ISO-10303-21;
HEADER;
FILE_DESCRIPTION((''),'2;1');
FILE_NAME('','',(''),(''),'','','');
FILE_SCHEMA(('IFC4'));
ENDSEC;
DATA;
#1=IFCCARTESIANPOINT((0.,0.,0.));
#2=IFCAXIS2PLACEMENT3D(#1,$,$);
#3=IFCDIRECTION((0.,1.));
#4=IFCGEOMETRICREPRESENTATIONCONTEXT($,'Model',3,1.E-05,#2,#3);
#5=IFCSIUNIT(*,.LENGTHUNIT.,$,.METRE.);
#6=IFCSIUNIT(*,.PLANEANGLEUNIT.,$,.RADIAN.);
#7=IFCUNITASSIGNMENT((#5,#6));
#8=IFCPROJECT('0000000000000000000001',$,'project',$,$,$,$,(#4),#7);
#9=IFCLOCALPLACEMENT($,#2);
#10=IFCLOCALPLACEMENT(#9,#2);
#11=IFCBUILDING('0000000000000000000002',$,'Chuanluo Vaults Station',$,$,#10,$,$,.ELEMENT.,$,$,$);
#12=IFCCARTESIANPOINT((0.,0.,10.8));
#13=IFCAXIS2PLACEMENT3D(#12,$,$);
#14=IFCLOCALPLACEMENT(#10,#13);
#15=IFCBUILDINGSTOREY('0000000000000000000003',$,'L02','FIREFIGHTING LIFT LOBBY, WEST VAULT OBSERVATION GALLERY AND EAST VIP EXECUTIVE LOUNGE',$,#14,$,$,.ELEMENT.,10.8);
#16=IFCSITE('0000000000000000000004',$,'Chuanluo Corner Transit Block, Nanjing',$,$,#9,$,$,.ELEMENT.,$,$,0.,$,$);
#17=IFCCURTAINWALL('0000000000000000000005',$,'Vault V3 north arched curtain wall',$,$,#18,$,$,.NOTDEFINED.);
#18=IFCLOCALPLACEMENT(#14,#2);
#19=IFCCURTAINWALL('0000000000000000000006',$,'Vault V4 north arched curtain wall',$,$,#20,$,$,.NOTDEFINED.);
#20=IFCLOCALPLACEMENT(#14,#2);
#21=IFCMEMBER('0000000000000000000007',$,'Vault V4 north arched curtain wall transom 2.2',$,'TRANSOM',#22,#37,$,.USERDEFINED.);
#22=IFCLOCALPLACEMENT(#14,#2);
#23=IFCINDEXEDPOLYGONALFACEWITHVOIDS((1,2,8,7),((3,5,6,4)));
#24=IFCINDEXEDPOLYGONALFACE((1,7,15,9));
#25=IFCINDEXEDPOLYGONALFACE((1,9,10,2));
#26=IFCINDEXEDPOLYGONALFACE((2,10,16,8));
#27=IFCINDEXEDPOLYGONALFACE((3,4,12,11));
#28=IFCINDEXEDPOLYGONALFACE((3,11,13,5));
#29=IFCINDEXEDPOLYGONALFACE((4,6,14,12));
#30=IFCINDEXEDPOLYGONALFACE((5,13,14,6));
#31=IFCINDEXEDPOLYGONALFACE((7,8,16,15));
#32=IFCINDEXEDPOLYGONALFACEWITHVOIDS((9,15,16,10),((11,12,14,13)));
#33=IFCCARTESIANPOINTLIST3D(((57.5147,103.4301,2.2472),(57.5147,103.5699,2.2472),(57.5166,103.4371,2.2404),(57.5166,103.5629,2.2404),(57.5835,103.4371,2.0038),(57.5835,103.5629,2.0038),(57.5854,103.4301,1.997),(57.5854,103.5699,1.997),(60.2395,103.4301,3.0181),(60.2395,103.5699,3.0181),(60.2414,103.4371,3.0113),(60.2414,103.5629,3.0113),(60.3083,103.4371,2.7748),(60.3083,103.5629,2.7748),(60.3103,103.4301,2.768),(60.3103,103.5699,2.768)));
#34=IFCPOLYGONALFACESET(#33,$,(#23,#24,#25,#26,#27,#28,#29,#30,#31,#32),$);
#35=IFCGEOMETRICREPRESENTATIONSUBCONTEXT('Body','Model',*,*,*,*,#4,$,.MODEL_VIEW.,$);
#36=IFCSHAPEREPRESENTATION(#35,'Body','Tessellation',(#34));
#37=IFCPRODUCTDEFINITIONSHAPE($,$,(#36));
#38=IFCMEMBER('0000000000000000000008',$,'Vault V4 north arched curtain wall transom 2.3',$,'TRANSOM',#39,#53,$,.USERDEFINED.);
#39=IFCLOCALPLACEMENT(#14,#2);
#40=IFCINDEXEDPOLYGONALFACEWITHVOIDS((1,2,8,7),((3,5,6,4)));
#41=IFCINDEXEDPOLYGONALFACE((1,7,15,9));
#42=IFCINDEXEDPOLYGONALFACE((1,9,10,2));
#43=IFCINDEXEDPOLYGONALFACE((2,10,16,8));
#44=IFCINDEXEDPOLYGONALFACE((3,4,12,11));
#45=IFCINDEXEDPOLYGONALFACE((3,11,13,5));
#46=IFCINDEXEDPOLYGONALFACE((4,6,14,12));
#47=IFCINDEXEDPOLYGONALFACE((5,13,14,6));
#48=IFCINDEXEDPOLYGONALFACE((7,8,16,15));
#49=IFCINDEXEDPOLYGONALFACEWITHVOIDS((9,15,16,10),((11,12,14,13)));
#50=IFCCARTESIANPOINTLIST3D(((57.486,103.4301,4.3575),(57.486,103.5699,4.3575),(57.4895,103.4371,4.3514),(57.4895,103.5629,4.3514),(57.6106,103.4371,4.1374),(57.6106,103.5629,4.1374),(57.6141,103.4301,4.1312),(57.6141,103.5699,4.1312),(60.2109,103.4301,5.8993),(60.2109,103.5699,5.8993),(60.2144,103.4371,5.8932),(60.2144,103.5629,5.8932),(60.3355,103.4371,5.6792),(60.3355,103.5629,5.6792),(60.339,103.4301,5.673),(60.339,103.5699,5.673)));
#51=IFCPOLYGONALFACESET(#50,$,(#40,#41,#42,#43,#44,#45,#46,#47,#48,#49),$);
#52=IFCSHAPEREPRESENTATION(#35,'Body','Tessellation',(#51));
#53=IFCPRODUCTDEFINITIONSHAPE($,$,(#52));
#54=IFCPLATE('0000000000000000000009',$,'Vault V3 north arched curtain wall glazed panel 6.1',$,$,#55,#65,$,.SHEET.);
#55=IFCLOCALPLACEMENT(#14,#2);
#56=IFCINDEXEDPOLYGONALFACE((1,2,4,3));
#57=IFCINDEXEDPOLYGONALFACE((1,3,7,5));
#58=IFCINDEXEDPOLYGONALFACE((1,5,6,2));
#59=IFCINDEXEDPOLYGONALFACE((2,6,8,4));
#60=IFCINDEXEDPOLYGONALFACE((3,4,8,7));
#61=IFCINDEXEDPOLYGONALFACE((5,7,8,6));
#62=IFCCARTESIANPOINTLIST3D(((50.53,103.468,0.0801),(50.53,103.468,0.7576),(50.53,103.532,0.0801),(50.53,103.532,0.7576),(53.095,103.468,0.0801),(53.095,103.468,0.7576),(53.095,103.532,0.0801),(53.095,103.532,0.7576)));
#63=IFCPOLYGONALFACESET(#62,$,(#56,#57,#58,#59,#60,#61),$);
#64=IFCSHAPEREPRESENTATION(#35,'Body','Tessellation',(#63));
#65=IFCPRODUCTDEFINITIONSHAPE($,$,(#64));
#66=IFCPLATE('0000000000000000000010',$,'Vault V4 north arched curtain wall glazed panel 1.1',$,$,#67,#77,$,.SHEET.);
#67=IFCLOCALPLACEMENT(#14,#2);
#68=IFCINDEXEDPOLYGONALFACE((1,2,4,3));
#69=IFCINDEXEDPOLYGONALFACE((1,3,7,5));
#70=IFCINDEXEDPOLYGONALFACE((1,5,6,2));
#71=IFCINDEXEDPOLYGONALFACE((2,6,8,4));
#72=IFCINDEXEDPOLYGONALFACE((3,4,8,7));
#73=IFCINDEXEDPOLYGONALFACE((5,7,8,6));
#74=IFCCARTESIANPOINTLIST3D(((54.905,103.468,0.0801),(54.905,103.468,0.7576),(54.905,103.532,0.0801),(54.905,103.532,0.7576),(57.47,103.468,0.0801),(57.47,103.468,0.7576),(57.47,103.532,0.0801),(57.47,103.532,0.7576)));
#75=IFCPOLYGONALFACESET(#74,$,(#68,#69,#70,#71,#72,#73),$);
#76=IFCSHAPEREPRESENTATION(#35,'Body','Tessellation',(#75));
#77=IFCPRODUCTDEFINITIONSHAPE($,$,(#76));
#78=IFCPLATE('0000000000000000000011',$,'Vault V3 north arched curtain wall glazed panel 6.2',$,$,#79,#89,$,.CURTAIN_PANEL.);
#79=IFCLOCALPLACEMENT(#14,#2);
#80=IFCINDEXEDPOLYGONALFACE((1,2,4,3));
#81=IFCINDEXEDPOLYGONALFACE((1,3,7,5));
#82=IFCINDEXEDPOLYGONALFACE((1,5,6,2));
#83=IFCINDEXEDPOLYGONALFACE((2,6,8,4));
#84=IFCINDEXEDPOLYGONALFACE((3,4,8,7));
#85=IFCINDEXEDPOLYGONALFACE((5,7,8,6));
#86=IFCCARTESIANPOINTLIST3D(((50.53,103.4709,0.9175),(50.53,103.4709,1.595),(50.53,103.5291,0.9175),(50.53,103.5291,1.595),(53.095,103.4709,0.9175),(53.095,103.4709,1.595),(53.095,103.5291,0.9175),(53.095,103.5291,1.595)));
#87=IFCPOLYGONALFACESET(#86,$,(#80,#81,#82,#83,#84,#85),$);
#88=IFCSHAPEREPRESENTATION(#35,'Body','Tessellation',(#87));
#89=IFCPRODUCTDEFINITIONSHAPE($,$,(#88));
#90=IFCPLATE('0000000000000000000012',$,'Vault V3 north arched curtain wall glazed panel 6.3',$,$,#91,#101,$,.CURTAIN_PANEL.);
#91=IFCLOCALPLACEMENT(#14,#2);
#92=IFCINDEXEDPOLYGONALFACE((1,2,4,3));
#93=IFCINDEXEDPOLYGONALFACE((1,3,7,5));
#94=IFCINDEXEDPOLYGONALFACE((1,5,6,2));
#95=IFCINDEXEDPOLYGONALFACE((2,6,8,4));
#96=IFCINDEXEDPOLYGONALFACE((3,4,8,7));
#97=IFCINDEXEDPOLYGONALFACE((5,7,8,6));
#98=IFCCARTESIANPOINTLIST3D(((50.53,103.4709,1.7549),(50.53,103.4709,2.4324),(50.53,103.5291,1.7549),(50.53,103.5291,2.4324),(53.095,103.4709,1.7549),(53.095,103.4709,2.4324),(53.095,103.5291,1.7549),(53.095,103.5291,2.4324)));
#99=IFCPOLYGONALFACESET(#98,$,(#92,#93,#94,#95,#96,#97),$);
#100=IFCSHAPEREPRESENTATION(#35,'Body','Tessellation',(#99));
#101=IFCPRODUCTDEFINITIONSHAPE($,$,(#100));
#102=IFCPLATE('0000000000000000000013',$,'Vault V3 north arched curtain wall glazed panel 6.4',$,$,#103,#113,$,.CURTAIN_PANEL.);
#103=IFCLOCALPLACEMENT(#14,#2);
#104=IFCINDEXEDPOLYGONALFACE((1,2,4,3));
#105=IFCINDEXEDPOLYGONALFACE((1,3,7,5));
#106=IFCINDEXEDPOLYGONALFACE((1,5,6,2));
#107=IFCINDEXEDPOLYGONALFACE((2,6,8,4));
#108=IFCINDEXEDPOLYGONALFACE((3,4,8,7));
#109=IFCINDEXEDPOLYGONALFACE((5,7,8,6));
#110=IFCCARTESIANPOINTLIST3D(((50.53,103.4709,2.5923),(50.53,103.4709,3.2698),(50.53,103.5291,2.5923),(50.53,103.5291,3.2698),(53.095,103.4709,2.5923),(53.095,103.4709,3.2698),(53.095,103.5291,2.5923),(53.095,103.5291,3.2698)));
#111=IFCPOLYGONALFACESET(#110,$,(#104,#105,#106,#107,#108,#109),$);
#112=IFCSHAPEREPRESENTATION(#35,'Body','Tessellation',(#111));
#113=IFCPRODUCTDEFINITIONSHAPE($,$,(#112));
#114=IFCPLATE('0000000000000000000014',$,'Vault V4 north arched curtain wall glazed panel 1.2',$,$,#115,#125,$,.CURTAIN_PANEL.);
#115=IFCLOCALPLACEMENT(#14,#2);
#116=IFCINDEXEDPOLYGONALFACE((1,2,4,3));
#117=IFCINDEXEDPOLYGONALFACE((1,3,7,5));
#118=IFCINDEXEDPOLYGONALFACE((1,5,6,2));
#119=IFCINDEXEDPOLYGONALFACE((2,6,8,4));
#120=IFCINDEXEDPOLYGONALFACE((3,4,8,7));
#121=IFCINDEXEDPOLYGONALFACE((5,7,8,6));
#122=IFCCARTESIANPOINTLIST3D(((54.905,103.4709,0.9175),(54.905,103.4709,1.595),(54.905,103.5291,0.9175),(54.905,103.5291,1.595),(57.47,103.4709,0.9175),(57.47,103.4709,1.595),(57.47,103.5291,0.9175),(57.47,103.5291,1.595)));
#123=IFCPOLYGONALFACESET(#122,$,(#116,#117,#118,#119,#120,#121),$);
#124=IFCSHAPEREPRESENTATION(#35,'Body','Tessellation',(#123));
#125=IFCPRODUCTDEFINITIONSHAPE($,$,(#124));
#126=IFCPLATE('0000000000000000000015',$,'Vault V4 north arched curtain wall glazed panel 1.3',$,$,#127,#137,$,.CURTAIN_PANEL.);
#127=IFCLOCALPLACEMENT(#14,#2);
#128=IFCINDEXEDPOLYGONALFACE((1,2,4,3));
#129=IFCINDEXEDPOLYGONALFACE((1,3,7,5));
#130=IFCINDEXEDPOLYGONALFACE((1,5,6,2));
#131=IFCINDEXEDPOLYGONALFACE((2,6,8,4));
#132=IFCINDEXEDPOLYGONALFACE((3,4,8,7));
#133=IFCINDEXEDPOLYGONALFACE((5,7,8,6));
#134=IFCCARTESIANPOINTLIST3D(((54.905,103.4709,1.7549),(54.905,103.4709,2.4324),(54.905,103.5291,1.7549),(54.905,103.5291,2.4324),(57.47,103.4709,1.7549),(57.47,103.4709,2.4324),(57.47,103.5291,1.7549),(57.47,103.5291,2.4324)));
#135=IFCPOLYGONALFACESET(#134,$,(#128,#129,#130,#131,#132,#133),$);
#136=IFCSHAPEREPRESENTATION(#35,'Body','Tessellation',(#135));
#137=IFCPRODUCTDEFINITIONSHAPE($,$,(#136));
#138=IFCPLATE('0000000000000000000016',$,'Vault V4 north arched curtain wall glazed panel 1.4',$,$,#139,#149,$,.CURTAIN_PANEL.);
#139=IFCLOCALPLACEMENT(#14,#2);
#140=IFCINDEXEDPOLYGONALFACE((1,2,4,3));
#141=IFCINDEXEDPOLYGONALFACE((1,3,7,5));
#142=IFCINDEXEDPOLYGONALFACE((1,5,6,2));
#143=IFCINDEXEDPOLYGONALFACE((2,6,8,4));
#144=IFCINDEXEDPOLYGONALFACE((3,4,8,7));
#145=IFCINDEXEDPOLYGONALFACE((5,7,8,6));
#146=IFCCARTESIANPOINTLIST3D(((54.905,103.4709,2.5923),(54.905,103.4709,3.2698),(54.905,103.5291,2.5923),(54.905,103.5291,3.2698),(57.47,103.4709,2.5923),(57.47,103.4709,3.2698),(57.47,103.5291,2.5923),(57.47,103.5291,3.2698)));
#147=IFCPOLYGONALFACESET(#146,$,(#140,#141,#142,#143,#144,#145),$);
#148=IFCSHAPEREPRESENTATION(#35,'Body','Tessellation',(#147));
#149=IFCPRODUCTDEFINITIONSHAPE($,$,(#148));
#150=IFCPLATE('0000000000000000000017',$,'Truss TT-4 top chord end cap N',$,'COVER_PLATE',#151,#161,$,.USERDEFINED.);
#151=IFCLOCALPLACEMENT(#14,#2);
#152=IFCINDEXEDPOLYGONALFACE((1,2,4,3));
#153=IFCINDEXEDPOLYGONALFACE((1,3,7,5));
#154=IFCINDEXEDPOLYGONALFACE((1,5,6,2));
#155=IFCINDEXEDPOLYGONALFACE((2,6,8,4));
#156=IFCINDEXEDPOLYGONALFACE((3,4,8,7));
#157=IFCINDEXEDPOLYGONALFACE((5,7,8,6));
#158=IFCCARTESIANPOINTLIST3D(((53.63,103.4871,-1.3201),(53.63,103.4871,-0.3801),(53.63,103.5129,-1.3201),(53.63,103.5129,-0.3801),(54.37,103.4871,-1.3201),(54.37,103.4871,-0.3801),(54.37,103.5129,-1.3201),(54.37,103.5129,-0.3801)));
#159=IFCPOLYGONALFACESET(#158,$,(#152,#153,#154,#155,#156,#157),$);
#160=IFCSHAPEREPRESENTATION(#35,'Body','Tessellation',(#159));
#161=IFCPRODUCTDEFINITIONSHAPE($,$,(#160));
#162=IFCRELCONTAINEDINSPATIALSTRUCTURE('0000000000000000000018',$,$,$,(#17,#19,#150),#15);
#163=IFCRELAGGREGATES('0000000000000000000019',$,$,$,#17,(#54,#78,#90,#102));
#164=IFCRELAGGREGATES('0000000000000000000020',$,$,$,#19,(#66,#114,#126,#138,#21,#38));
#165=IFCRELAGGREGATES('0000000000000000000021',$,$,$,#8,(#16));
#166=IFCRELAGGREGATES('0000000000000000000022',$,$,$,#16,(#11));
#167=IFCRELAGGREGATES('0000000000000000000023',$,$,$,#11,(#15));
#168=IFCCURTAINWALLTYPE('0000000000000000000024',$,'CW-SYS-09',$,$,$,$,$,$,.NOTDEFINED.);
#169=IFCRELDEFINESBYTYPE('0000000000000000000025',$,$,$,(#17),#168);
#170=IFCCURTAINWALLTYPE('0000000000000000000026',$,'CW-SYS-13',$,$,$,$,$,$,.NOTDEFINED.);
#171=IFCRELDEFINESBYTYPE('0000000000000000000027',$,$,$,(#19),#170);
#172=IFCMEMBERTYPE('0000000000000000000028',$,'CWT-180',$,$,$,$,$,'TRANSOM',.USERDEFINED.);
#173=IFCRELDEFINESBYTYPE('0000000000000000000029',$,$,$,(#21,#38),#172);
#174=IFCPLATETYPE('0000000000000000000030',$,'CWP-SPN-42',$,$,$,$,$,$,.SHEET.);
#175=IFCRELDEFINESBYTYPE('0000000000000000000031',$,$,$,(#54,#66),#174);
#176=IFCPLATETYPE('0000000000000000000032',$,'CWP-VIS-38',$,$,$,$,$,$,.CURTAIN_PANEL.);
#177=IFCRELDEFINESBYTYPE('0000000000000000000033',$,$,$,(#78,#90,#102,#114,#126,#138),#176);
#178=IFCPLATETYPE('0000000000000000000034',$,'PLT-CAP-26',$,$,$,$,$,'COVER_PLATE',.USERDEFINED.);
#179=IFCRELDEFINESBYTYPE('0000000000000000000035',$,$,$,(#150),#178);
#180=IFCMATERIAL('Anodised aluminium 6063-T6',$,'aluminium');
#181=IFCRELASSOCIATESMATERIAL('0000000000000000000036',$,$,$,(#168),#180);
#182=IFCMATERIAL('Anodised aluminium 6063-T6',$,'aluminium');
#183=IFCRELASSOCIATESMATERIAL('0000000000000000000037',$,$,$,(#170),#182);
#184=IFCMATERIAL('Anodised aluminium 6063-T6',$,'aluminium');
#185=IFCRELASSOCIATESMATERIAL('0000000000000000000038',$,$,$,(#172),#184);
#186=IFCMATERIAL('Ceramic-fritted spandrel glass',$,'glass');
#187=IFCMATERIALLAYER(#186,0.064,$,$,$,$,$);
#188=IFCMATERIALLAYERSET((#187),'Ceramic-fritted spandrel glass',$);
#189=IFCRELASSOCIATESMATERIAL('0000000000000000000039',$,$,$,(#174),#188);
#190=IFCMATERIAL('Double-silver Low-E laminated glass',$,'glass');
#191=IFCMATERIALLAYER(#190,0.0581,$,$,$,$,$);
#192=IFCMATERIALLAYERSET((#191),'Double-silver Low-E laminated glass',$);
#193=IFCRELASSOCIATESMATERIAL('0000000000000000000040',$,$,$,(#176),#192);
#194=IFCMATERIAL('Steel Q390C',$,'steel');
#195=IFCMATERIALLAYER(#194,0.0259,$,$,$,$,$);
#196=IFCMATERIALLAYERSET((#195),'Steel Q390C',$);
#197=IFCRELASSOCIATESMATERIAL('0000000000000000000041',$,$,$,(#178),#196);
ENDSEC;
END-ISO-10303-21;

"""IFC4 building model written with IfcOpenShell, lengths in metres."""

from ifc_helpers import new_model, si_unit, direction, frame, origin, origin_2d, place, context, subcontext, project, spatial, rectangle, hollow_rectangle, extrude, material, layer, layer_set, material_profile, profile_set, type_object, element, aggregate, save


model = new_model("IFC4")

# Units and contexts
model_context = context("Model", 3, precision=1e-05, world=origin(), true_north=direction((0.0, 1.0)))
body_context = subcontext(model_context, "Body", "Model", "MODEL_VIEW")
ifc_project = project(units=[si_unit("LENGTHUNIT", "METRE"), si_unit("PLANEANGLEUNIT", "RADIAN")], contexts=[model_context])

# Site, building, storey
site_placement = place(None, origin())
site = spatial("IfcSite", under=ifc_project, at=site_placement, Name="Chuanluo Corner Transit Block, Nanjing", CompositionType="ELEMENT", RefElevation=0.0)
building_placement = place(site_placement, origin())
building = spatial("IfcBuilding", under=site, at=building_placement, Name="Chuanluo Vaults Station", CompositionType="ELEMENT")
storey_placement = place(building_placement, frame((0.0, 0.0, 10.8)))
storey = spatial("IfcBuildingStorey", under=building, at=storey_placement, Name="L02", Description="FIREFIGHTING LIFT LOBBY, WEST VAULT OBSERVATION GALLERY AND EAST VIP EXECUTIVE LOUNGE", CompositionType="ELEMENT", Elevation=10.8)

# Curtain wall
ifc_material_1 = material(Name="Anodised aluminium 6063-T6", Category="aluminium")
curtain_wall_type_1 = type_object("IfcCurtainWallType", Name="CW-SYS-09", PredefinedType="NOTDEFINED", material=ifc_material_1)
curtain_wall_1_placement = place(storey_placement, origin())
curtain_wall_1 = element("IfcCurtainWall", 1, at=curtain_wall_1_placement, inside=storey, type_object=curtain_wall_type_1, Name="Vault V3 north arched curtain wall", PredefinedType="NOTDEFINED")

# Curtain wall
ifc_material_2 = material(Name="Anodised aluminium 6063-T6", Category="aluminium")
curtain_wall_type_2 = type_object("IfcCurtainWallType", Name="CW-SYS-13", PredefinedType="NOTDEFINED", material=ifc_material_2)
curtain_wall_2_placement = place(storey_placement, origin())
curtain_wall_2 = element("IfcCurtainWall", 2, at=curtain_wall_2_placement, inside=storey, type_object=curtain_wall_type_2, Name="Vault V4 north arched curtain wall", PredefinedType="NOTDEFINED")

# Members
ifc_material_3 = material(Name="Anodised aluminium 6063-T6", Category="aluminium")
ifc_material_profile_1 = material_profile(ifc_material_3, hollow_rectangle(XDim=0.1399, YDim=0.26, WallThickness=0.0071, at=origin_2d()))
ifc_profile_set_1 = profile_set([ifc_material_profile_1], Name="Anodised aluminium 6063-T6")
member_type_1 = type_object("IfcMemberType", Name="CWT-180", ElementType="TRANSOM", PredefinedType="USERDEFINED", material=ifc_profile_set_1)
member_1_placement = place(storey_placement, frame((57.55, 103.5, 2.1221), z_axis=(0.962224, 0.0, 0.272261), x_axis=(0.0, 1.0, 0.0)))
member_1 = element("IfcMember", 3, at=member_1_placement, type_object=member_type_1, Name="Vault V4 north arched curtain wall transom 2.2", ObjectType="TRANSOM", PredefinedType="USERDEFINED", context=body_context, shape_type="SweptSolid", body=[
    extrude(hollow_rectangle(XDim=0.1399, YDim=0.26, WallThickness=0.0071, at=origin_2d()), origin(), (0.0, 0.0, 1.0), 2.8318),
])
member_2_placement = place(storey_placement, frame((57.55, 103.5, 4.2444), z_axis=(0.870342, 0.0, 0.492448), x_axis=(0.0, 1.0, 0.0)))
member_2 = element("IfcMember", 4, at=member_2_placement, type_object=member_type_1, Name="Vault V4 north arched curtain wall transom 2.3", ObjectType="TRANSOM", PredefinedType="USERDEFINED", context=body_context, shape_type="SweptSolid", body=[
    extrude(hollow_rectangle(XDim=0.1399, YDim=0.26, WallThickness=0.0071, at=origin_2d()), origin(), (0.0, 0.0, 1.0), 3.1309),
])

# Plates
ifc_material_4 = material(Name="Ceramic-fritted spandrel glass", Category="glass")
ifc_layer_1 = layer(ifc_material_4, 0.064)
ifc_layer_set_1 = layer_set([ifc_layer_1], Name="Ceramic-fritted spandrel glass")
plate_type_1 = type_object("IfcPlateType", Name="CWP-SPN-42", PredefinedType="SHEET", material=ifc_layer_set_1)
plate_1_placement = place(storey_placement, frame((51.8125, 103.5, 0.0801), z_axis=(0.0, 0.0, 1.0), x_axis=(1.0, 0.0, 0.0)))
plate_1 = element("IfcPlate", 5, at=plate_1_placement, type_object=plate_type_1, Name="Vault V3 north arched curtain wall glazed panel 6.1", PredefinedType="SHEET", context=body_context, shape_type="SweptSolid", body=[
    extrude(rectangle(XDim=2.5649, YDim=0.064, at=origin_2d()), origin(), (0.0, 0.0, 1.0), 0.6775),
])
plate_2_placement = place(storey_placement, frame((56.1875, 103.5, 0.0801), z_axis=(0.0, 0.0, 1.0), x_axis=(1.0, 0.0, 0.0)))
plate_2 = element("IfcPlate", 6, at=plate_2_placement, type_object=plate_type_1, Name="Vault V4 north arched curtain wall glazed panel 1.1", PredefinedType="SHEET", context=body_context, shape_type="SweptSolid", body=[
    extrude(rectangle(XDim=2.5649, YDim=0.064, at=origin_2d()), origin(), (0.0, 0.0, 1.0), 0.6775),
])
ifc_material_5 = material(Name="Double-silver Low-E laminated glass", Category="glass")
ifc_layer_2 = layer(ifc_material_5, 0.0581)
ifc_layer_set_2 = layer_set([ifc_layer_2], Name="Double-silver Low-E laminated glass")
plate_type_2 = type_object("IfcPlateType", Name="CWP-VIS-38", PredefinedType="CURTAIN_PANEL", material=ifc_layer_set_2)
plate_3_placement = place(storey_placement, frame((51.8125, 103.5, 0.9175), z_axis=(0.0, 0.0, 1.0), x_axis=(1.0, 0.0, 0.0)))
plate_3 = element("IfcPlate", 7, at=plate_3_placement, type_object=plate_type_2, Name="Vault V3 north arched curtain wall glazed panel 6.2", PredefinedType="CURTAIN_PANEL", context=body_context, shape_type="SweptSolid", body=[
    extrude(rectangle(XDim=2.5649, YDim=0.0581, at=origin_2d()), origin(), (0.0, 0.0, 1.0), 0.6775),
])
plate_4_placement = place(storey_placement, frame((51.8125, 103.5, 1.7549), z_axis=(0.0, 0.0, 1.0), x_axis=(1.0, 0.0, 0.0)))
plate_4 = element("IfcPlate", 8, at=plate_4_placement, type_object=plate_type_2, Name="Vault V3 north arched curtain wall glazed panel 6.3", PredefinedType="CURTAIN_PANEL", context=body_context, shape_type="SweptSolid", body=[
    extrude(rectangle(XDim=2.5649, YDim=0.0581, at=origin_2d()), origin(), (0.0, 0.0, 1.0), 0.6775),
])
plate_5_placement = place(storey_placement, frame((51.8125, 103.5, 2.5923), z_axis=(0.0, 0.0, 1.0), x_axis=(1.0, 0.0, 0.0)))
plate_5 = element("IfcPlate", 9, at=plate_5_placement, type_object=plate_type_2, Name="Vault V3 north arched curtain wall glazed panel 6.4", PredefinedType="CURTAIN_PANEL", context=body_context, shape_type="SweptSolid", body=[
    extrude(rectangle(XDim=2.5649, YDim=0.0581, at=origin_2d()), origin(), (0.0, 0.0, 1.0), 0.6775),
])
aggregate(curtain_wall_1, [plate_1, plate_3, plate_4, plate_5])
plate_6_placement = place(storey_placement, frame((56.1875, 103.5, 0.9175), z_axis=(0.0, 0.0, 1.0), x_axis=(1.0, 0.0, 0.0)))
plate_6 = element("IfcPlate", 10, at=plate_6_placement, type_object=plate_type_2, Name="Vault V4 north arched curtain wall glazed panel 1.2", PredefinedType="CURTAIN_PANEL", context=body_context, shape_type="SweptSolid", body=[
    extrude(rectangle(XDim=2.5649, YDim=0.0581, at=origin_2d()), origin(), (0.0, 0.0, 1.0), 0.6775),
])
plate_7_placement = place(storey_placement, frame((56.1875, 103.5, 1.7549), z_axis=(0.0, 0.0, 1.0), x_axis=(1.0, 0.0, 0.0)))
plate_7 = element("IfcPlate", 11, at=plate_7_placement, type_object=plate_type_2, Name="Vault V4 north arched curtain wall glazed panel 1.3", PredefinedType="CURTAIN_PANEL", context=body_context, shape_type="SweptSolid", body=[
    extrude(rectangle(XDim=2.5649, YDim=0.0581, at=origin_2d()), origin(), (0.0, 0.0, 1.0), 0.6775),
])
plate_8_placement = place(storey_placement, frame((56.1875, 103.5, 2.5923), z_axis=(0.0, 0.0, 1.0), x_axis=(1.0, 0.0, 0.0)))
plate_8 = element("IfcPlate", 12, at=plate_8_placement, type_object=plate_type_2, Name="Vault V4 north arched curtain wall glazed panel 1.4", PredefinedType="CURTAIN_PANEL", context=body_context, shape_type="SweptSolid", body=[
    extrude(rectangle(XDim=2.5649, YDim=0.0581, at=origin_2d()), origin(), (0.0, 0.0, 1.0), 0.6775),
])
aggregate(curtain_wall_2, [plate_2, plate_6, plate_7, plate_8, member_1, member_2])
ifc_material_6 = material(Name="Steel Q390C", Category="steel")
ifc_layer_3 = layer(ifc_material_6, 0.0259)
ifc_layer_set_3 = layer_set([ifc_layer_3], Name="Steel Q390C")
plate_type_3 = type_object("IfcPlateType", Name="PLT-CAP-26", ElementType="COVER_PLATE", PredefinedType="USERDEFINED", material=ifc_layer_set_3)
plate_9_placement = place(storey_placement, frame((54.0, 103.5, -1.3201), z_axis=(0.0, 0.0, 1.0), x_axis=(1.0, 0.0, 0.0)))
element("IfcPlate", 13, at=plate_9_placement, inside=storey, type_object=plate_type_3, Name="Truss TT-4 top chord end cap N", ObjectType="COVER_PLATE", PredefinedType="USERDEFINED", context=body_context, shape_type="SweptSolid", body=[
    extrude(rectangle(XDim=0.74, YDim=0.0259, at=origin_2d()), origin(), (0.0, 0.0, 1.0), 0.9399),
])

save(model, "model.ifc")
